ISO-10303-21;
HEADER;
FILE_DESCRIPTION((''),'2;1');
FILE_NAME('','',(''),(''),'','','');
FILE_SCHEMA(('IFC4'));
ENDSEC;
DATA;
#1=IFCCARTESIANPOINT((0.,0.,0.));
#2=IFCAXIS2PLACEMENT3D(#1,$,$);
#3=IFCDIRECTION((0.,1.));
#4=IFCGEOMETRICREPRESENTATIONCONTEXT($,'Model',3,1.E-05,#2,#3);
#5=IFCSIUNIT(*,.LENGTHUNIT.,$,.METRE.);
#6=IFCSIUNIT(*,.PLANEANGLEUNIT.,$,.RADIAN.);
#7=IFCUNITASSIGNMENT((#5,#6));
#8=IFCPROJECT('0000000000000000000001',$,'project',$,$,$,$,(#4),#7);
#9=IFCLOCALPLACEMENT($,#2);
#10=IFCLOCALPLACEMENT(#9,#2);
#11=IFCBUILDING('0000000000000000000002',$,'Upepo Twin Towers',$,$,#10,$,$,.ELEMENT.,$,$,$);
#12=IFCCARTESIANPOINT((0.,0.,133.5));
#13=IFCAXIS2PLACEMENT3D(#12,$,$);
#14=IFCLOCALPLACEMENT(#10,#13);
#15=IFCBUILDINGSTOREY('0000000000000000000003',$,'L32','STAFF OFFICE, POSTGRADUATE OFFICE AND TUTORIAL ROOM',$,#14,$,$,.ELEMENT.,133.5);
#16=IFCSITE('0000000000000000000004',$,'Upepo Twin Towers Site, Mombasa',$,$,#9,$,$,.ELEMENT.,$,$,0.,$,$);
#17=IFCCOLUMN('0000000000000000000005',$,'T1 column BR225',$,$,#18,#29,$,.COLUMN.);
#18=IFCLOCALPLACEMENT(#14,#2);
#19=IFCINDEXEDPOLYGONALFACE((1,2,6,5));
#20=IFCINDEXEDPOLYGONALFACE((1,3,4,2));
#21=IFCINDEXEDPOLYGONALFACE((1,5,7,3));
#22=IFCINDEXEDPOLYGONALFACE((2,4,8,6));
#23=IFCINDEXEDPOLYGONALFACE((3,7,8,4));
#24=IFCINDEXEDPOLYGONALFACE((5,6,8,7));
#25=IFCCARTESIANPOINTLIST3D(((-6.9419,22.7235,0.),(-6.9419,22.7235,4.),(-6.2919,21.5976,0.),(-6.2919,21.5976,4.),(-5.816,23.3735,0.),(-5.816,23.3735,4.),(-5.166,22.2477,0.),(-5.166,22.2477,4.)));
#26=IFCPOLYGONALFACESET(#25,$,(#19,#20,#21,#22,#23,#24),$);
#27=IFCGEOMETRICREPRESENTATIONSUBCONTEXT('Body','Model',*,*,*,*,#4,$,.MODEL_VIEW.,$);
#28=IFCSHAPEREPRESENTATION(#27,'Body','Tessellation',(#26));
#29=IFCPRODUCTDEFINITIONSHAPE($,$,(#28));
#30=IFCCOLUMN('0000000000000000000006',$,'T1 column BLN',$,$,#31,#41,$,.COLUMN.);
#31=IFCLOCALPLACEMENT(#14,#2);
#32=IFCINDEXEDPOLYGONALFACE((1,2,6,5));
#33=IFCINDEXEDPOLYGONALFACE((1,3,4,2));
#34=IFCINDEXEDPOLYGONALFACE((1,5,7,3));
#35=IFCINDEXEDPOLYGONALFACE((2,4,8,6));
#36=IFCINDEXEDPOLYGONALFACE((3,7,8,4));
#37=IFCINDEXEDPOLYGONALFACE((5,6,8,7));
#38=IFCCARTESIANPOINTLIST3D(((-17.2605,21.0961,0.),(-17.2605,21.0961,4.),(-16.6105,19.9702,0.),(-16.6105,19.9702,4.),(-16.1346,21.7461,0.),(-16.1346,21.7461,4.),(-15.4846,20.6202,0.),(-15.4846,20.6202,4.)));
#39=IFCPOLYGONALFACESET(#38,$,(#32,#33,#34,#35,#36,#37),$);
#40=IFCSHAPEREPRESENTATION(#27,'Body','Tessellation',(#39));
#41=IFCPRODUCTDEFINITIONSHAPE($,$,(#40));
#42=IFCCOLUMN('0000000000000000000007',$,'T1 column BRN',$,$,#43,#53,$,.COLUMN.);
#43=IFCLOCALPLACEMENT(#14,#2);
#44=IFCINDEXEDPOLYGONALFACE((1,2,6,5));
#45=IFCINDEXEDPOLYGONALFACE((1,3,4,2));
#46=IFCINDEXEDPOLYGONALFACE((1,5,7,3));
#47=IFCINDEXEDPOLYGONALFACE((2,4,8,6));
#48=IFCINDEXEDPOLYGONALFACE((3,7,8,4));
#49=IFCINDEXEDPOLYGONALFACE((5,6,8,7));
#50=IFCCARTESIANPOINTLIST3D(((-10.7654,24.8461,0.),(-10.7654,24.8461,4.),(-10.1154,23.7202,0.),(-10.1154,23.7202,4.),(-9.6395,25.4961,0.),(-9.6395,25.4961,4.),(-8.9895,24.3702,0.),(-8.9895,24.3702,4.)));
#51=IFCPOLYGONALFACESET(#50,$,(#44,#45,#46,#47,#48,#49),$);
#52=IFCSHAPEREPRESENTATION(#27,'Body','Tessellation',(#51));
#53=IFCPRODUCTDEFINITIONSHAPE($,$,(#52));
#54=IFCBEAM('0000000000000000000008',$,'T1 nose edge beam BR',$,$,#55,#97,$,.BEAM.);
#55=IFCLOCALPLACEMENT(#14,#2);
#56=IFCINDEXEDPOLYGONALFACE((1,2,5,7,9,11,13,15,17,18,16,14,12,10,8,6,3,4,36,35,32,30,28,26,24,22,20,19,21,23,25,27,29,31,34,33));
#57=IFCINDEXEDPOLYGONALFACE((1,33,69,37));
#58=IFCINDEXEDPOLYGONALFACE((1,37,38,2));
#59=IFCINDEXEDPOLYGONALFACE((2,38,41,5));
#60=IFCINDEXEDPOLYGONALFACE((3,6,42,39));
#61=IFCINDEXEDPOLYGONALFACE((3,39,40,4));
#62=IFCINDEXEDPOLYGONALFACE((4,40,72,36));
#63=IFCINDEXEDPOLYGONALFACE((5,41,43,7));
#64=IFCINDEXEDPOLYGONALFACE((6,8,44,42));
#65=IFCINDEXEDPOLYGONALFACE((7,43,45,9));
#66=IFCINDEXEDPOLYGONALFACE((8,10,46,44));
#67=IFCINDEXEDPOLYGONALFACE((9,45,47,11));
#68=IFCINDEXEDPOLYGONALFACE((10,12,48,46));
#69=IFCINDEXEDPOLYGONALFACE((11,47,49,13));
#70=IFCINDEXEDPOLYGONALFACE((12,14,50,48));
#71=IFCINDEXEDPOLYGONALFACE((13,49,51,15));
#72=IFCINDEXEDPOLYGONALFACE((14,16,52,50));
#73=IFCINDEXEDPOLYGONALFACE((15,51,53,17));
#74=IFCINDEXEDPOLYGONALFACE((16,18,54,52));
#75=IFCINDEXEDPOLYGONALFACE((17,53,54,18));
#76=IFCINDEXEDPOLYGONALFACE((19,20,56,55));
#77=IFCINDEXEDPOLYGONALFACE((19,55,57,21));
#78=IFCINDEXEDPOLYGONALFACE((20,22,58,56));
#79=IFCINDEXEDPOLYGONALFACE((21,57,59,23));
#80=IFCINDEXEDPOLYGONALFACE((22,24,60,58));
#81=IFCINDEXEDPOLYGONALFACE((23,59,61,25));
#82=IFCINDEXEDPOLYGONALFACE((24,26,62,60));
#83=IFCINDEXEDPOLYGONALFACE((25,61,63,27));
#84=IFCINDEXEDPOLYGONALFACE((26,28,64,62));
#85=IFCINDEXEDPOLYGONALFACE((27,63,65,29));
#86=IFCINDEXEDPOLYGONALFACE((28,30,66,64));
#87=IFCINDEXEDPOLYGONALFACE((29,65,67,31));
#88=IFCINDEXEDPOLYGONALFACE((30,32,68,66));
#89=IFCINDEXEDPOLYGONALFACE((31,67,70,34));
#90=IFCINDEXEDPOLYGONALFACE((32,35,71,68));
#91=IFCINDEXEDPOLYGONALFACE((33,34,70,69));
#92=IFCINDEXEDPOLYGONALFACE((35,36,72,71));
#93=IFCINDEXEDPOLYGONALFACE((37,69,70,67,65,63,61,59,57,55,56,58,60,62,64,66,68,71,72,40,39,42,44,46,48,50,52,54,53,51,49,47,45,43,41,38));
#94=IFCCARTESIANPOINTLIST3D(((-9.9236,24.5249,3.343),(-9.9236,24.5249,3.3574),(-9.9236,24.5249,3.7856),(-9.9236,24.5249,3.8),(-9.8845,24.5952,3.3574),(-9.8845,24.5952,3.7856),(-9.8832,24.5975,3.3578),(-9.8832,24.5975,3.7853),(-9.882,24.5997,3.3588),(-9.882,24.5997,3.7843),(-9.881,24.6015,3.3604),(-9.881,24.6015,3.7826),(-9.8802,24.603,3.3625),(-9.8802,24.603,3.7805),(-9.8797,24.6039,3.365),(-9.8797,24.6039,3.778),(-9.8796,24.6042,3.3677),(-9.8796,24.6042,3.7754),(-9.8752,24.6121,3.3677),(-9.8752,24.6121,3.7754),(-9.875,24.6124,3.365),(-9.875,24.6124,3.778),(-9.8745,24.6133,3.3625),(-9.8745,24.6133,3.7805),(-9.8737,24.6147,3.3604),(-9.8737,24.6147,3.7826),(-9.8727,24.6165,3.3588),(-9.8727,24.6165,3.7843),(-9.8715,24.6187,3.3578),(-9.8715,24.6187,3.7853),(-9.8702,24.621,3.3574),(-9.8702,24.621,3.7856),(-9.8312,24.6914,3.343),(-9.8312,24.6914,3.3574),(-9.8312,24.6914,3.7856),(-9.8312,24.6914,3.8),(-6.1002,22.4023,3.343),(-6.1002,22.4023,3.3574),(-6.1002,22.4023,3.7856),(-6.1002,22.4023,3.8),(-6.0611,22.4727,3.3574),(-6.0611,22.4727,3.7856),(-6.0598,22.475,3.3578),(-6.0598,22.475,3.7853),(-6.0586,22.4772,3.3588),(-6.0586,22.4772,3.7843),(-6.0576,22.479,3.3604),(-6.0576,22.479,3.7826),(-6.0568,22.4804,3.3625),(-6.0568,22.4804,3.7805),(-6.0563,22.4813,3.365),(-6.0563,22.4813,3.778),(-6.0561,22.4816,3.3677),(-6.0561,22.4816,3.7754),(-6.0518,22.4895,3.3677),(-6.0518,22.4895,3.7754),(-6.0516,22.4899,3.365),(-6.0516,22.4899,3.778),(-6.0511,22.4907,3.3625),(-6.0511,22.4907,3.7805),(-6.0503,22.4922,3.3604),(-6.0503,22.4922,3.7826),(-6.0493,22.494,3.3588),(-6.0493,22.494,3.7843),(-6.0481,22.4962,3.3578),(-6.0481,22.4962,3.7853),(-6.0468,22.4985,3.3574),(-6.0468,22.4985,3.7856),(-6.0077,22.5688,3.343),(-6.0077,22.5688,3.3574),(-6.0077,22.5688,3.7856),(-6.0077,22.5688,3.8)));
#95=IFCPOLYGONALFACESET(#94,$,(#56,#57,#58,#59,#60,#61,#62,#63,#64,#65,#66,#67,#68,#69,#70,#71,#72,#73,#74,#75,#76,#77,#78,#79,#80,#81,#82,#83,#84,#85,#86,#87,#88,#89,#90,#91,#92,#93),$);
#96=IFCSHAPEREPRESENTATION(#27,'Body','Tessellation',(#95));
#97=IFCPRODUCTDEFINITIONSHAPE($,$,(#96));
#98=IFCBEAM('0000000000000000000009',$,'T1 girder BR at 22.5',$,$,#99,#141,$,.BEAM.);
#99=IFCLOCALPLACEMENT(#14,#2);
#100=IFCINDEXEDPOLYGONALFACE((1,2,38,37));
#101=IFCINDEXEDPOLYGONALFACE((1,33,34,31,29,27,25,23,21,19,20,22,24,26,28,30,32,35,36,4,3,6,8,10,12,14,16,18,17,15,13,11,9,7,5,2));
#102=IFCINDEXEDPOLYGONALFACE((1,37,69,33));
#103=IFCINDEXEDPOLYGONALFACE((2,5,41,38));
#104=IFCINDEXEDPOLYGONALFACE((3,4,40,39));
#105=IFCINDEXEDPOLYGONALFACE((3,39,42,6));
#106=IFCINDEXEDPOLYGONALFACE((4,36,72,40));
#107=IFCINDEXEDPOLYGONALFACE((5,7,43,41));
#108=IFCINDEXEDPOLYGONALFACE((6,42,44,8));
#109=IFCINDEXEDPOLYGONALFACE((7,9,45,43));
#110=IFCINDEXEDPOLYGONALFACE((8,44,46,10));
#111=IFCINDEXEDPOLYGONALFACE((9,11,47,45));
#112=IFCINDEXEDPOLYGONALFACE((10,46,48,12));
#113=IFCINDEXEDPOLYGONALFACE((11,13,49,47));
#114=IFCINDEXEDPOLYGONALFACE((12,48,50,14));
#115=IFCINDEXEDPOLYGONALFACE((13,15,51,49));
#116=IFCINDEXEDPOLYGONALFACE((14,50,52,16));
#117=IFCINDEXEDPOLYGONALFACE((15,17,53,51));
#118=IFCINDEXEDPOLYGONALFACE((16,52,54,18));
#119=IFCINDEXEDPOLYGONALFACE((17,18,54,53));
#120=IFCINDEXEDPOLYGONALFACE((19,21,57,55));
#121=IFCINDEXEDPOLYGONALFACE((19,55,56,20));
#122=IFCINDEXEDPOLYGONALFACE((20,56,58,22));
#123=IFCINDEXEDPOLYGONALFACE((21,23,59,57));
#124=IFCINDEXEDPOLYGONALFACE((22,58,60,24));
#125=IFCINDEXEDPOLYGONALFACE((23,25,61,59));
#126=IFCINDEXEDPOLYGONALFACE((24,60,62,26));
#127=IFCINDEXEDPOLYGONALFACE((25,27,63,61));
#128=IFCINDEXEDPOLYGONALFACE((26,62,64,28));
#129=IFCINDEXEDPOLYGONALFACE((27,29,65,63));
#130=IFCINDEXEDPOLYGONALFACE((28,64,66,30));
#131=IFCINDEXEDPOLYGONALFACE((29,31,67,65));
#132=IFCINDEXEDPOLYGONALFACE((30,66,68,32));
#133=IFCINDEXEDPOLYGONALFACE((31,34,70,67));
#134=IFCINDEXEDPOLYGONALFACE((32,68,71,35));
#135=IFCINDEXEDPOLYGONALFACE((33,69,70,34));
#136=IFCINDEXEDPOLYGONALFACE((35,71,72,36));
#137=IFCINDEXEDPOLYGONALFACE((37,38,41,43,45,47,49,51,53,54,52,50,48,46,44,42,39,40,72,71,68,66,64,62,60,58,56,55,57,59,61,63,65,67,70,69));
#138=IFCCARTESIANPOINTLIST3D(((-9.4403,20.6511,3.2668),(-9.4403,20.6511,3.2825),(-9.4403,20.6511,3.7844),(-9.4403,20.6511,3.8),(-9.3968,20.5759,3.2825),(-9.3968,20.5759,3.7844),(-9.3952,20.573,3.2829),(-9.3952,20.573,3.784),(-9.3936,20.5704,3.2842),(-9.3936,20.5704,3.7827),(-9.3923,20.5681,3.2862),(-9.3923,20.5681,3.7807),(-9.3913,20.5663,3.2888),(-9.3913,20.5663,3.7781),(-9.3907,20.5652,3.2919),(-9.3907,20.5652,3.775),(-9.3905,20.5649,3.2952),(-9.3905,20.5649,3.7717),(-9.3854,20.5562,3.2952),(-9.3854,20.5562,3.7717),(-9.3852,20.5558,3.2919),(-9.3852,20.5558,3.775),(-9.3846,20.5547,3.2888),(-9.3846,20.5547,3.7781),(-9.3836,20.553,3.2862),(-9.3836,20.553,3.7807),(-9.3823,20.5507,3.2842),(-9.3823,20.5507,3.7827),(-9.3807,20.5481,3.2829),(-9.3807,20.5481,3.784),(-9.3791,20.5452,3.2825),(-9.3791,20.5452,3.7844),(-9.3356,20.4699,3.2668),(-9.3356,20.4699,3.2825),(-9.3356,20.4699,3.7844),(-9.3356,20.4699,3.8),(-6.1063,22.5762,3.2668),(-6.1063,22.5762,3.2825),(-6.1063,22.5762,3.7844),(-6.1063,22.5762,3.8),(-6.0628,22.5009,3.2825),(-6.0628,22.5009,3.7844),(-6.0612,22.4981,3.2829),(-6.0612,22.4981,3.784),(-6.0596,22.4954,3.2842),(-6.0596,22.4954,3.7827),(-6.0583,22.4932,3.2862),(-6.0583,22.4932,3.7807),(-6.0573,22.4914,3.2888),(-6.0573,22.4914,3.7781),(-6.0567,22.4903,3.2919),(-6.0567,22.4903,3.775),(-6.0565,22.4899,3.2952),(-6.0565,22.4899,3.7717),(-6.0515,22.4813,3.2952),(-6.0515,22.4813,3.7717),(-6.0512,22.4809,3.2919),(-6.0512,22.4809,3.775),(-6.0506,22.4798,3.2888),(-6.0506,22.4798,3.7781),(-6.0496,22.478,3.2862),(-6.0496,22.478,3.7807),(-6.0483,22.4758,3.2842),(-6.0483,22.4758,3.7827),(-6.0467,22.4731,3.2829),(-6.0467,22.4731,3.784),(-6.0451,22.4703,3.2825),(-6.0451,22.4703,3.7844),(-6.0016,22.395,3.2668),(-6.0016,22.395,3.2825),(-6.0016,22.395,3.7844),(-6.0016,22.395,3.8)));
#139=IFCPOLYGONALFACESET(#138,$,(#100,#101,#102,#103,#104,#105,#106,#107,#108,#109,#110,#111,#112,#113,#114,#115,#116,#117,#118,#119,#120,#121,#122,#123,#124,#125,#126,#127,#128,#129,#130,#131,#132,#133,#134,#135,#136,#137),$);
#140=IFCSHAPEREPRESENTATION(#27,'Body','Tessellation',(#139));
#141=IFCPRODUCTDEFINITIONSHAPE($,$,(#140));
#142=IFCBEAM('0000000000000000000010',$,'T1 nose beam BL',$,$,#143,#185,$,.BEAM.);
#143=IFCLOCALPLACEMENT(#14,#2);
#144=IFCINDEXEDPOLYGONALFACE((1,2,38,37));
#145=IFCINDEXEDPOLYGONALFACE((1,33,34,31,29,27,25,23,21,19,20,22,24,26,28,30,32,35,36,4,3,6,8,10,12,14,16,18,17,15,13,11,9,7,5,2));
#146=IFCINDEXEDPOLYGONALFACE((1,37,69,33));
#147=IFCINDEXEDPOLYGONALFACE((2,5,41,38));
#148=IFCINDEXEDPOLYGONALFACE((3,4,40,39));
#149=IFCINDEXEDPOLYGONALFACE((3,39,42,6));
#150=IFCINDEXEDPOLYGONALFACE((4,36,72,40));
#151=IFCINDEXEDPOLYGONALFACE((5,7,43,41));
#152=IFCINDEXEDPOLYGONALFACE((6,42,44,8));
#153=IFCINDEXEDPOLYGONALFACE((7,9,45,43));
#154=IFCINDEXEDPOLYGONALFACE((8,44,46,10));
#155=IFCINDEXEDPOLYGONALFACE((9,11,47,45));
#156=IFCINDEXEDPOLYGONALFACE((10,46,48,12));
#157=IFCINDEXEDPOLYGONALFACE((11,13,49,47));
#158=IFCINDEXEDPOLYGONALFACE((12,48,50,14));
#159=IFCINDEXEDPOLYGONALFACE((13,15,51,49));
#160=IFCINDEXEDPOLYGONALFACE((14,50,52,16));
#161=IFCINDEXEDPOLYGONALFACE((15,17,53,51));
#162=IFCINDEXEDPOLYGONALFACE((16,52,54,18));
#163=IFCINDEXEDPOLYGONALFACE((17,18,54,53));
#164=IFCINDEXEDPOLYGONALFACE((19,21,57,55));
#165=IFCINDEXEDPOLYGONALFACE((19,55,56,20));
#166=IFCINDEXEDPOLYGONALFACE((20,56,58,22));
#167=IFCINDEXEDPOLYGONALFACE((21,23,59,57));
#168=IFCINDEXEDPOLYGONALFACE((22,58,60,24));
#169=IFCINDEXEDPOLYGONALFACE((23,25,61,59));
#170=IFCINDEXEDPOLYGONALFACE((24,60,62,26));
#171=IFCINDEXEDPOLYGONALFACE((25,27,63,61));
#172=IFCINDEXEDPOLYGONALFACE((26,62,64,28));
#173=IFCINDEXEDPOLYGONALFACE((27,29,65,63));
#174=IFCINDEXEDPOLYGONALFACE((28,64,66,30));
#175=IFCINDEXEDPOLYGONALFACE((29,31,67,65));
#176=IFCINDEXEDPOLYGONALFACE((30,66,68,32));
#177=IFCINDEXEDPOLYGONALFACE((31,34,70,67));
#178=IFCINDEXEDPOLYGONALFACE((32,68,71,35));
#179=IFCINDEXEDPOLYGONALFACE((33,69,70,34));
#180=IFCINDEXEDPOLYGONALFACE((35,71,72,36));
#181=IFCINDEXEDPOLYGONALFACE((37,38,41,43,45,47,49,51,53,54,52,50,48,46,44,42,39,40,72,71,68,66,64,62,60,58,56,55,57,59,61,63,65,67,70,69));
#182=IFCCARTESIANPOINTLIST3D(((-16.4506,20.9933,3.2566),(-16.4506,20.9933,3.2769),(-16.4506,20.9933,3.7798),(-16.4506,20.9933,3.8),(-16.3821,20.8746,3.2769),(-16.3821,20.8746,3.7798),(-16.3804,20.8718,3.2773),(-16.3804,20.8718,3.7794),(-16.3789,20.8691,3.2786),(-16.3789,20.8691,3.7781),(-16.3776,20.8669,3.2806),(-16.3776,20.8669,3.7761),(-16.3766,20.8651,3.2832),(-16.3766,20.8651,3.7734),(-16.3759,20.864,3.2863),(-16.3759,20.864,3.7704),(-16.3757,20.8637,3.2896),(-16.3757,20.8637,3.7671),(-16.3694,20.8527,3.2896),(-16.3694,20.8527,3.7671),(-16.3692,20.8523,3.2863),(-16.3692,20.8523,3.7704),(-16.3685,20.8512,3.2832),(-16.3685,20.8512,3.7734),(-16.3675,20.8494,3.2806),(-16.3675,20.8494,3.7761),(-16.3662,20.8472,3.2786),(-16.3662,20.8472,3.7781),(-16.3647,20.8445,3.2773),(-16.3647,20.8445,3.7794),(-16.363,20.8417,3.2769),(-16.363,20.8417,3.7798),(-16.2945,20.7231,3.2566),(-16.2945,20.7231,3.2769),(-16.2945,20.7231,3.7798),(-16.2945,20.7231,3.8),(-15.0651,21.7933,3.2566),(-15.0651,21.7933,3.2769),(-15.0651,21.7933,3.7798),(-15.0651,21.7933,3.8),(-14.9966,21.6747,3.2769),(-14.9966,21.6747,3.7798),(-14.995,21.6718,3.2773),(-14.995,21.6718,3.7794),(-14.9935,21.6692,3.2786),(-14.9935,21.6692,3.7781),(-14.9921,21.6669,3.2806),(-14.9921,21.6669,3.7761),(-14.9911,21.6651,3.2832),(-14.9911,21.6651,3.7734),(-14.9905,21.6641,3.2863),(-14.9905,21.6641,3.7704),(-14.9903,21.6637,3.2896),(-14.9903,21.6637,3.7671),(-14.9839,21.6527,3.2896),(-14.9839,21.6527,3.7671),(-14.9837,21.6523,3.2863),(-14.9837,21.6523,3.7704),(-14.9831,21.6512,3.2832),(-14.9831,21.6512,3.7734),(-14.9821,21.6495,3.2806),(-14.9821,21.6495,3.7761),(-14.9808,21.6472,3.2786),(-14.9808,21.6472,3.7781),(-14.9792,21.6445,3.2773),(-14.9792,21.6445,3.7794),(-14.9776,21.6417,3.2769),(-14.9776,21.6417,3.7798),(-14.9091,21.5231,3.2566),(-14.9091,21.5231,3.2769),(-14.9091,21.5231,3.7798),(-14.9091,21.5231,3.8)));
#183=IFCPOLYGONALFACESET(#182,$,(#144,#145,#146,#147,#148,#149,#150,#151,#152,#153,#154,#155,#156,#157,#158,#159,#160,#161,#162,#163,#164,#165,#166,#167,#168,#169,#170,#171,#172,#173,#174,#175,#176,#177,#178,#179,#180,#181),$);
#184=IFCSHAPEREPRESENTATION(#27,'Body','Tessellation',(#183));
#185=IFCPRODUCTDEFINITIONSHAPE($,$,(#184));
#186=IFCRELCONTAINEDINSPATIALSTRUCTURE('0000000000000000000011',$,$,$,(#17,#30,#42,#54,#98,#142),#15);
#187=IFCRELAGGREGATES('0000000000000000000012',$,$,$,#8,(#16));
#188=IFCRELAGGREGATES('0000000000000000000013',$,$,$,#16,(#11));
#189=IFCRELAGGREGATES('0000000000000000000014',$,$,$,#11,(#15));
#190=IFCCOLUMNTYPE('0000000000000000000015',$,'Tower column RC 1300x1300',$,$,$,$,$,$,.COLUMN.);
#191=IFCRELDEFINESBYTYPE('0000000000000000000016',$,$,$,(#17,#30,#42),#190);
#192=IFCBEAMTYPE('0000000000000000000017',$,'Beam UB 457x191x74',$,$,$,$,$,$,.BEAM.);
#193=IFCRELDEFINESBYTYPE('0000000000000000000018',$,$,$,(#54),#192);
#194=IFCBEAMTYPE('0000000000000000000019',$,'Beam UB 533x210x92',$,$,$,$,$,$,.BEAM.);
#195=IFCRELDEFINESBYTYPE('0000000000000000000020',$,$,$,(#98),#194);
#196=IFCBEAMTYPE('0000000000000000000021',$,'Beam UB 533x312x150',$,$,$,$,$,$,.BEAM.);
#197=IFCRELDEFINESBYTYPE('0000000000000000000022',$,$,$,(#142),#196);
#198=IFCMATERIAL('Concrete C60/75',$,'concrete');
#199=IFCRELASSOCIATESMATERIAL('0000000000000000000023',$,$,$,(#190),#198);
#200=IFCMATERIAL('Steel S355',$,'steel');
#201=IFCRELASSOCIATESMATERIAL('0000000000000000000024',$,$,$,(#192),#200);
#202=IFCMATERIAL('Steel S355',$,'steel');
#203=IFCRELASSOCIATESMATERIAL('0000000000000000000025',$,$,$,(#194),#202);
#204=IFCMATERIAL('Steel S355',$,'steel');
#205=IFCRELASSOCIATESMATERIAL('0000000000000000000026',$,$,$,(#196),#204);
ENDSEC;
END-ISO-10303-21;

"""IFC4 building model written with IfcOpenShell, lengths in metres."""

from ifc_helpers import new_model, si_unit, direction, frame, origin, origin_2d, place, context, subcontext, project, spatial, rectangle, i_section, extrude, material, material_profile, profile_set, type_object, element, save


model = new_model("IFC4")

# Units and contexts
model_context = context("Model", 3, precision=1e-05, world=origin(), true_north=direction((0.0, 1.0)))
body_context = subcontext(model_context, "Body", "Model", "MODEL_VIEW")
ifc_project = project(units=[si_unit("LENGTHUNIT", "METRE"), si_unit("PLANEANGLEUNIT", "RADIAN")], contexts=[model_context])

# Site, building, storey
site_placement = place(None, origin())
site = spatial("IfcSite", under=ifc_project, at=site_placement, Name="Upepo Twin Towers Site, Mombasa", CompositionType="ELEMENT", RefElevation=0.0)
building_placement = place(site_placement, origin())
building = spatial("IfcBuilding", under=site, at=building_placement, Name="Upepo Twin Towers", CompositionType="ELEMENT")
storey_placement = place(building_placement, frame((0.0, 0.0, 133.5)))
storey = spatial("IfcBuildingStorey", under=building, at=storey_placement, Name="L32", Description="STAFF OFFICE, POSTGRADUATE OFFICE AND TUTORIAL ROOM", CompositionType="ELEMENT", Elevation=133.5)

# Columns
ifc_material_1 = material(Name="Concrete C60/75", Category="concrete")
ifc_material_profile_1 = material_profile(ifc_material_1, rectangle(XDim=1.3, YDim=1.3, at=origin_2d()), Name="RC 1300x1300")
ifc_profile_set_1 = profile_set([ifc_material_profile_1], Name="Concrete C60/75")
column_type = type_object("IfcColumnType", Name="Tower column RC 1300x1300", PredefinedType="COLUMN", material=ifc_profile_set_1)
for number, where, z_axis, x_axis, name in (
    (1, (-6.054, 22.4856, 0.0), (0.0, 0.0, 1.0), (0.866025, 0.5, 0.0), "T1 column BR225"),
    (2, (-16.3726, 20.8582, 0.0), (0.0, 0.0, 1.0), (0.866025, 0.5, 0.0), "T1 column BLN"),
    (3, (-9.8774, 24.6082, 0.0), (0.0, 0.0, 1.0), (0.866025, 0.5, 0.0), "T1 column BRN"),
):
    element("IfcColumn", number, at=place(storey_placement, frame(where, z_axis=z_axis, x_axis=x_axis)), inside=storey, type_object=column_type, Name=name, PredefinedType="COLUMN", context=body_context, shape_type="SweptSolid", body=[
        extrude(rectangle(XDim=1.3, YDim=1.3, at=origin_2d()), origin(), (0.0, 0.0, 1.0), 4.0),
    ])

# Beams
ifc_material_2 = material(Name="Steel S355", Category="steel")
ifc_material_profile_2 = material_profile(ifc_material_2, i_section(OverallWidth=0.1904, OverallDepth=0.457, WebThickness=0.009, FlangeThickness=0.0144, FilletRadius=0.0103, at=origin_2d()), Name="UB 457x191x74")
ifc_profile_set_2 = profile_set([ifc_material_profile_2], Name="Steel S355")
beam_type_1 = type_object("IfcBeamType", Name="Beam UB 457x191x74", PredefinedType="BEAM", material=ifc_profile_set_2)
beam_1_placement = place(storey_placement, frame((-6.054, 22.4856, 3.5715), z_axis=(-0.874313, 0.485363, 0.0), x_axis=(-0.485363, -0.874313, 0.0)))
element("IfcBeam", 4, at=beam_1_placement, inside=storey, type_object=beam_type_1, Name="T1 nose edge beam BR", PredefinedType="BEAM", context=body_context, shape_type="SweptSolid", body=[
    extrude(i_section(OverallWidth=0.1904, OverallDepth=0.457, WebThickness=0.009, FlangeThickness=0.0144, FilletRadius=0.0103, at=origin_2d()), origin(), (0.0, 0.0, 1.0), 4.373),
])
ifc_material_3 = material(Name="Steel S355", Category="steel")
ifc_material_profile_3 = material_profile(ifc_material_3, i_section(OverallWidth=0.2092, OverallDepth=0.5332, WebThickness=0.01, FlangeThickness=0.0156, FilletRadius=0.0127, at=origin_2d()), Name="UB 533x210x92")
ifc_profile_set_3 = profile_set([ifc_material_profile_3], Name="Steel S355")
beam_type_2 = type_object("IfcBeamType", Name="Beam UB 533x210x92", PredefinedType="BEAM", material=ifc_profile_set_3)
beam_2_placement = place(storey_placement, frame((-6.054, 22.4856, 3.5334), z_axis=(-0.866006, -0.500034, 0.0), x_axis=(0.500034, -0.866006, 0.0)))
element("IfcBeam", 5, at=beam_2_placement, inside=storey, type_object=beam_type_2, Name="T1 girder BR at 22.5", PredefinedType="BEAM", context=body_context, shape_type="SweptSolid", body=[
    extrude(i_section(OverallWidth=0.2092, OverallDepth=0.5332, WebThickness=0.01, FlangeThickness=0.0156, FilletRadius=0.0127, at=origin_2d()), origin(), (0.0, 0.0, 1.0), 3.8499),
])
ifc_material_4 = material(Name="Steel S355", Category="steel")
ifc_material_profile_4 = material_profile(ifc_material_4, i_section(OverallWidth=0.312, OverallDepth=0.5435, WebThickness=0.0127, FlangeThickness=0.0203, FilletRadius=0.0127, at=origin_2d()), Name="UB 533x312x150")
ifc_profile_set_4 = profile_set([ifc_material_profile_4], Name="Steel S355")
beam_type_3 = type_object("IfcBeamType", Name="Beam UB 533x312x150", PredefinedType="BEAM", material=ifc_profile_set_4)
for number, where, z_axis, x_axis, name in (
    (6, (-16.3726, 20.8582, 3.5283), (0.86599, 0.500061, 0.0), (-0.500061, 0.86599, 0.0), "T1 nose beam BL"),
):
    element("IfcBeam", number, at=place(storey_placement, frame(where, z_axis=z_axis, x_axis=x_axis)), inside=storey, type_object=beam_type_3, Name=name, PredefinedType="BEAM", context=body_context, shape_type="SweptSolid", body=[
        extrude(i_section(OverallWidth=0.312, OverallDepth=0.5435, WebThickness=0.0127, FlangeThickness=0.0203, FilletRadius=0.0127, at=origin_2d()), origin(), (0.0, 0.0, 1.0), 1.5999),
    ])

save(model, "model.ifc")
